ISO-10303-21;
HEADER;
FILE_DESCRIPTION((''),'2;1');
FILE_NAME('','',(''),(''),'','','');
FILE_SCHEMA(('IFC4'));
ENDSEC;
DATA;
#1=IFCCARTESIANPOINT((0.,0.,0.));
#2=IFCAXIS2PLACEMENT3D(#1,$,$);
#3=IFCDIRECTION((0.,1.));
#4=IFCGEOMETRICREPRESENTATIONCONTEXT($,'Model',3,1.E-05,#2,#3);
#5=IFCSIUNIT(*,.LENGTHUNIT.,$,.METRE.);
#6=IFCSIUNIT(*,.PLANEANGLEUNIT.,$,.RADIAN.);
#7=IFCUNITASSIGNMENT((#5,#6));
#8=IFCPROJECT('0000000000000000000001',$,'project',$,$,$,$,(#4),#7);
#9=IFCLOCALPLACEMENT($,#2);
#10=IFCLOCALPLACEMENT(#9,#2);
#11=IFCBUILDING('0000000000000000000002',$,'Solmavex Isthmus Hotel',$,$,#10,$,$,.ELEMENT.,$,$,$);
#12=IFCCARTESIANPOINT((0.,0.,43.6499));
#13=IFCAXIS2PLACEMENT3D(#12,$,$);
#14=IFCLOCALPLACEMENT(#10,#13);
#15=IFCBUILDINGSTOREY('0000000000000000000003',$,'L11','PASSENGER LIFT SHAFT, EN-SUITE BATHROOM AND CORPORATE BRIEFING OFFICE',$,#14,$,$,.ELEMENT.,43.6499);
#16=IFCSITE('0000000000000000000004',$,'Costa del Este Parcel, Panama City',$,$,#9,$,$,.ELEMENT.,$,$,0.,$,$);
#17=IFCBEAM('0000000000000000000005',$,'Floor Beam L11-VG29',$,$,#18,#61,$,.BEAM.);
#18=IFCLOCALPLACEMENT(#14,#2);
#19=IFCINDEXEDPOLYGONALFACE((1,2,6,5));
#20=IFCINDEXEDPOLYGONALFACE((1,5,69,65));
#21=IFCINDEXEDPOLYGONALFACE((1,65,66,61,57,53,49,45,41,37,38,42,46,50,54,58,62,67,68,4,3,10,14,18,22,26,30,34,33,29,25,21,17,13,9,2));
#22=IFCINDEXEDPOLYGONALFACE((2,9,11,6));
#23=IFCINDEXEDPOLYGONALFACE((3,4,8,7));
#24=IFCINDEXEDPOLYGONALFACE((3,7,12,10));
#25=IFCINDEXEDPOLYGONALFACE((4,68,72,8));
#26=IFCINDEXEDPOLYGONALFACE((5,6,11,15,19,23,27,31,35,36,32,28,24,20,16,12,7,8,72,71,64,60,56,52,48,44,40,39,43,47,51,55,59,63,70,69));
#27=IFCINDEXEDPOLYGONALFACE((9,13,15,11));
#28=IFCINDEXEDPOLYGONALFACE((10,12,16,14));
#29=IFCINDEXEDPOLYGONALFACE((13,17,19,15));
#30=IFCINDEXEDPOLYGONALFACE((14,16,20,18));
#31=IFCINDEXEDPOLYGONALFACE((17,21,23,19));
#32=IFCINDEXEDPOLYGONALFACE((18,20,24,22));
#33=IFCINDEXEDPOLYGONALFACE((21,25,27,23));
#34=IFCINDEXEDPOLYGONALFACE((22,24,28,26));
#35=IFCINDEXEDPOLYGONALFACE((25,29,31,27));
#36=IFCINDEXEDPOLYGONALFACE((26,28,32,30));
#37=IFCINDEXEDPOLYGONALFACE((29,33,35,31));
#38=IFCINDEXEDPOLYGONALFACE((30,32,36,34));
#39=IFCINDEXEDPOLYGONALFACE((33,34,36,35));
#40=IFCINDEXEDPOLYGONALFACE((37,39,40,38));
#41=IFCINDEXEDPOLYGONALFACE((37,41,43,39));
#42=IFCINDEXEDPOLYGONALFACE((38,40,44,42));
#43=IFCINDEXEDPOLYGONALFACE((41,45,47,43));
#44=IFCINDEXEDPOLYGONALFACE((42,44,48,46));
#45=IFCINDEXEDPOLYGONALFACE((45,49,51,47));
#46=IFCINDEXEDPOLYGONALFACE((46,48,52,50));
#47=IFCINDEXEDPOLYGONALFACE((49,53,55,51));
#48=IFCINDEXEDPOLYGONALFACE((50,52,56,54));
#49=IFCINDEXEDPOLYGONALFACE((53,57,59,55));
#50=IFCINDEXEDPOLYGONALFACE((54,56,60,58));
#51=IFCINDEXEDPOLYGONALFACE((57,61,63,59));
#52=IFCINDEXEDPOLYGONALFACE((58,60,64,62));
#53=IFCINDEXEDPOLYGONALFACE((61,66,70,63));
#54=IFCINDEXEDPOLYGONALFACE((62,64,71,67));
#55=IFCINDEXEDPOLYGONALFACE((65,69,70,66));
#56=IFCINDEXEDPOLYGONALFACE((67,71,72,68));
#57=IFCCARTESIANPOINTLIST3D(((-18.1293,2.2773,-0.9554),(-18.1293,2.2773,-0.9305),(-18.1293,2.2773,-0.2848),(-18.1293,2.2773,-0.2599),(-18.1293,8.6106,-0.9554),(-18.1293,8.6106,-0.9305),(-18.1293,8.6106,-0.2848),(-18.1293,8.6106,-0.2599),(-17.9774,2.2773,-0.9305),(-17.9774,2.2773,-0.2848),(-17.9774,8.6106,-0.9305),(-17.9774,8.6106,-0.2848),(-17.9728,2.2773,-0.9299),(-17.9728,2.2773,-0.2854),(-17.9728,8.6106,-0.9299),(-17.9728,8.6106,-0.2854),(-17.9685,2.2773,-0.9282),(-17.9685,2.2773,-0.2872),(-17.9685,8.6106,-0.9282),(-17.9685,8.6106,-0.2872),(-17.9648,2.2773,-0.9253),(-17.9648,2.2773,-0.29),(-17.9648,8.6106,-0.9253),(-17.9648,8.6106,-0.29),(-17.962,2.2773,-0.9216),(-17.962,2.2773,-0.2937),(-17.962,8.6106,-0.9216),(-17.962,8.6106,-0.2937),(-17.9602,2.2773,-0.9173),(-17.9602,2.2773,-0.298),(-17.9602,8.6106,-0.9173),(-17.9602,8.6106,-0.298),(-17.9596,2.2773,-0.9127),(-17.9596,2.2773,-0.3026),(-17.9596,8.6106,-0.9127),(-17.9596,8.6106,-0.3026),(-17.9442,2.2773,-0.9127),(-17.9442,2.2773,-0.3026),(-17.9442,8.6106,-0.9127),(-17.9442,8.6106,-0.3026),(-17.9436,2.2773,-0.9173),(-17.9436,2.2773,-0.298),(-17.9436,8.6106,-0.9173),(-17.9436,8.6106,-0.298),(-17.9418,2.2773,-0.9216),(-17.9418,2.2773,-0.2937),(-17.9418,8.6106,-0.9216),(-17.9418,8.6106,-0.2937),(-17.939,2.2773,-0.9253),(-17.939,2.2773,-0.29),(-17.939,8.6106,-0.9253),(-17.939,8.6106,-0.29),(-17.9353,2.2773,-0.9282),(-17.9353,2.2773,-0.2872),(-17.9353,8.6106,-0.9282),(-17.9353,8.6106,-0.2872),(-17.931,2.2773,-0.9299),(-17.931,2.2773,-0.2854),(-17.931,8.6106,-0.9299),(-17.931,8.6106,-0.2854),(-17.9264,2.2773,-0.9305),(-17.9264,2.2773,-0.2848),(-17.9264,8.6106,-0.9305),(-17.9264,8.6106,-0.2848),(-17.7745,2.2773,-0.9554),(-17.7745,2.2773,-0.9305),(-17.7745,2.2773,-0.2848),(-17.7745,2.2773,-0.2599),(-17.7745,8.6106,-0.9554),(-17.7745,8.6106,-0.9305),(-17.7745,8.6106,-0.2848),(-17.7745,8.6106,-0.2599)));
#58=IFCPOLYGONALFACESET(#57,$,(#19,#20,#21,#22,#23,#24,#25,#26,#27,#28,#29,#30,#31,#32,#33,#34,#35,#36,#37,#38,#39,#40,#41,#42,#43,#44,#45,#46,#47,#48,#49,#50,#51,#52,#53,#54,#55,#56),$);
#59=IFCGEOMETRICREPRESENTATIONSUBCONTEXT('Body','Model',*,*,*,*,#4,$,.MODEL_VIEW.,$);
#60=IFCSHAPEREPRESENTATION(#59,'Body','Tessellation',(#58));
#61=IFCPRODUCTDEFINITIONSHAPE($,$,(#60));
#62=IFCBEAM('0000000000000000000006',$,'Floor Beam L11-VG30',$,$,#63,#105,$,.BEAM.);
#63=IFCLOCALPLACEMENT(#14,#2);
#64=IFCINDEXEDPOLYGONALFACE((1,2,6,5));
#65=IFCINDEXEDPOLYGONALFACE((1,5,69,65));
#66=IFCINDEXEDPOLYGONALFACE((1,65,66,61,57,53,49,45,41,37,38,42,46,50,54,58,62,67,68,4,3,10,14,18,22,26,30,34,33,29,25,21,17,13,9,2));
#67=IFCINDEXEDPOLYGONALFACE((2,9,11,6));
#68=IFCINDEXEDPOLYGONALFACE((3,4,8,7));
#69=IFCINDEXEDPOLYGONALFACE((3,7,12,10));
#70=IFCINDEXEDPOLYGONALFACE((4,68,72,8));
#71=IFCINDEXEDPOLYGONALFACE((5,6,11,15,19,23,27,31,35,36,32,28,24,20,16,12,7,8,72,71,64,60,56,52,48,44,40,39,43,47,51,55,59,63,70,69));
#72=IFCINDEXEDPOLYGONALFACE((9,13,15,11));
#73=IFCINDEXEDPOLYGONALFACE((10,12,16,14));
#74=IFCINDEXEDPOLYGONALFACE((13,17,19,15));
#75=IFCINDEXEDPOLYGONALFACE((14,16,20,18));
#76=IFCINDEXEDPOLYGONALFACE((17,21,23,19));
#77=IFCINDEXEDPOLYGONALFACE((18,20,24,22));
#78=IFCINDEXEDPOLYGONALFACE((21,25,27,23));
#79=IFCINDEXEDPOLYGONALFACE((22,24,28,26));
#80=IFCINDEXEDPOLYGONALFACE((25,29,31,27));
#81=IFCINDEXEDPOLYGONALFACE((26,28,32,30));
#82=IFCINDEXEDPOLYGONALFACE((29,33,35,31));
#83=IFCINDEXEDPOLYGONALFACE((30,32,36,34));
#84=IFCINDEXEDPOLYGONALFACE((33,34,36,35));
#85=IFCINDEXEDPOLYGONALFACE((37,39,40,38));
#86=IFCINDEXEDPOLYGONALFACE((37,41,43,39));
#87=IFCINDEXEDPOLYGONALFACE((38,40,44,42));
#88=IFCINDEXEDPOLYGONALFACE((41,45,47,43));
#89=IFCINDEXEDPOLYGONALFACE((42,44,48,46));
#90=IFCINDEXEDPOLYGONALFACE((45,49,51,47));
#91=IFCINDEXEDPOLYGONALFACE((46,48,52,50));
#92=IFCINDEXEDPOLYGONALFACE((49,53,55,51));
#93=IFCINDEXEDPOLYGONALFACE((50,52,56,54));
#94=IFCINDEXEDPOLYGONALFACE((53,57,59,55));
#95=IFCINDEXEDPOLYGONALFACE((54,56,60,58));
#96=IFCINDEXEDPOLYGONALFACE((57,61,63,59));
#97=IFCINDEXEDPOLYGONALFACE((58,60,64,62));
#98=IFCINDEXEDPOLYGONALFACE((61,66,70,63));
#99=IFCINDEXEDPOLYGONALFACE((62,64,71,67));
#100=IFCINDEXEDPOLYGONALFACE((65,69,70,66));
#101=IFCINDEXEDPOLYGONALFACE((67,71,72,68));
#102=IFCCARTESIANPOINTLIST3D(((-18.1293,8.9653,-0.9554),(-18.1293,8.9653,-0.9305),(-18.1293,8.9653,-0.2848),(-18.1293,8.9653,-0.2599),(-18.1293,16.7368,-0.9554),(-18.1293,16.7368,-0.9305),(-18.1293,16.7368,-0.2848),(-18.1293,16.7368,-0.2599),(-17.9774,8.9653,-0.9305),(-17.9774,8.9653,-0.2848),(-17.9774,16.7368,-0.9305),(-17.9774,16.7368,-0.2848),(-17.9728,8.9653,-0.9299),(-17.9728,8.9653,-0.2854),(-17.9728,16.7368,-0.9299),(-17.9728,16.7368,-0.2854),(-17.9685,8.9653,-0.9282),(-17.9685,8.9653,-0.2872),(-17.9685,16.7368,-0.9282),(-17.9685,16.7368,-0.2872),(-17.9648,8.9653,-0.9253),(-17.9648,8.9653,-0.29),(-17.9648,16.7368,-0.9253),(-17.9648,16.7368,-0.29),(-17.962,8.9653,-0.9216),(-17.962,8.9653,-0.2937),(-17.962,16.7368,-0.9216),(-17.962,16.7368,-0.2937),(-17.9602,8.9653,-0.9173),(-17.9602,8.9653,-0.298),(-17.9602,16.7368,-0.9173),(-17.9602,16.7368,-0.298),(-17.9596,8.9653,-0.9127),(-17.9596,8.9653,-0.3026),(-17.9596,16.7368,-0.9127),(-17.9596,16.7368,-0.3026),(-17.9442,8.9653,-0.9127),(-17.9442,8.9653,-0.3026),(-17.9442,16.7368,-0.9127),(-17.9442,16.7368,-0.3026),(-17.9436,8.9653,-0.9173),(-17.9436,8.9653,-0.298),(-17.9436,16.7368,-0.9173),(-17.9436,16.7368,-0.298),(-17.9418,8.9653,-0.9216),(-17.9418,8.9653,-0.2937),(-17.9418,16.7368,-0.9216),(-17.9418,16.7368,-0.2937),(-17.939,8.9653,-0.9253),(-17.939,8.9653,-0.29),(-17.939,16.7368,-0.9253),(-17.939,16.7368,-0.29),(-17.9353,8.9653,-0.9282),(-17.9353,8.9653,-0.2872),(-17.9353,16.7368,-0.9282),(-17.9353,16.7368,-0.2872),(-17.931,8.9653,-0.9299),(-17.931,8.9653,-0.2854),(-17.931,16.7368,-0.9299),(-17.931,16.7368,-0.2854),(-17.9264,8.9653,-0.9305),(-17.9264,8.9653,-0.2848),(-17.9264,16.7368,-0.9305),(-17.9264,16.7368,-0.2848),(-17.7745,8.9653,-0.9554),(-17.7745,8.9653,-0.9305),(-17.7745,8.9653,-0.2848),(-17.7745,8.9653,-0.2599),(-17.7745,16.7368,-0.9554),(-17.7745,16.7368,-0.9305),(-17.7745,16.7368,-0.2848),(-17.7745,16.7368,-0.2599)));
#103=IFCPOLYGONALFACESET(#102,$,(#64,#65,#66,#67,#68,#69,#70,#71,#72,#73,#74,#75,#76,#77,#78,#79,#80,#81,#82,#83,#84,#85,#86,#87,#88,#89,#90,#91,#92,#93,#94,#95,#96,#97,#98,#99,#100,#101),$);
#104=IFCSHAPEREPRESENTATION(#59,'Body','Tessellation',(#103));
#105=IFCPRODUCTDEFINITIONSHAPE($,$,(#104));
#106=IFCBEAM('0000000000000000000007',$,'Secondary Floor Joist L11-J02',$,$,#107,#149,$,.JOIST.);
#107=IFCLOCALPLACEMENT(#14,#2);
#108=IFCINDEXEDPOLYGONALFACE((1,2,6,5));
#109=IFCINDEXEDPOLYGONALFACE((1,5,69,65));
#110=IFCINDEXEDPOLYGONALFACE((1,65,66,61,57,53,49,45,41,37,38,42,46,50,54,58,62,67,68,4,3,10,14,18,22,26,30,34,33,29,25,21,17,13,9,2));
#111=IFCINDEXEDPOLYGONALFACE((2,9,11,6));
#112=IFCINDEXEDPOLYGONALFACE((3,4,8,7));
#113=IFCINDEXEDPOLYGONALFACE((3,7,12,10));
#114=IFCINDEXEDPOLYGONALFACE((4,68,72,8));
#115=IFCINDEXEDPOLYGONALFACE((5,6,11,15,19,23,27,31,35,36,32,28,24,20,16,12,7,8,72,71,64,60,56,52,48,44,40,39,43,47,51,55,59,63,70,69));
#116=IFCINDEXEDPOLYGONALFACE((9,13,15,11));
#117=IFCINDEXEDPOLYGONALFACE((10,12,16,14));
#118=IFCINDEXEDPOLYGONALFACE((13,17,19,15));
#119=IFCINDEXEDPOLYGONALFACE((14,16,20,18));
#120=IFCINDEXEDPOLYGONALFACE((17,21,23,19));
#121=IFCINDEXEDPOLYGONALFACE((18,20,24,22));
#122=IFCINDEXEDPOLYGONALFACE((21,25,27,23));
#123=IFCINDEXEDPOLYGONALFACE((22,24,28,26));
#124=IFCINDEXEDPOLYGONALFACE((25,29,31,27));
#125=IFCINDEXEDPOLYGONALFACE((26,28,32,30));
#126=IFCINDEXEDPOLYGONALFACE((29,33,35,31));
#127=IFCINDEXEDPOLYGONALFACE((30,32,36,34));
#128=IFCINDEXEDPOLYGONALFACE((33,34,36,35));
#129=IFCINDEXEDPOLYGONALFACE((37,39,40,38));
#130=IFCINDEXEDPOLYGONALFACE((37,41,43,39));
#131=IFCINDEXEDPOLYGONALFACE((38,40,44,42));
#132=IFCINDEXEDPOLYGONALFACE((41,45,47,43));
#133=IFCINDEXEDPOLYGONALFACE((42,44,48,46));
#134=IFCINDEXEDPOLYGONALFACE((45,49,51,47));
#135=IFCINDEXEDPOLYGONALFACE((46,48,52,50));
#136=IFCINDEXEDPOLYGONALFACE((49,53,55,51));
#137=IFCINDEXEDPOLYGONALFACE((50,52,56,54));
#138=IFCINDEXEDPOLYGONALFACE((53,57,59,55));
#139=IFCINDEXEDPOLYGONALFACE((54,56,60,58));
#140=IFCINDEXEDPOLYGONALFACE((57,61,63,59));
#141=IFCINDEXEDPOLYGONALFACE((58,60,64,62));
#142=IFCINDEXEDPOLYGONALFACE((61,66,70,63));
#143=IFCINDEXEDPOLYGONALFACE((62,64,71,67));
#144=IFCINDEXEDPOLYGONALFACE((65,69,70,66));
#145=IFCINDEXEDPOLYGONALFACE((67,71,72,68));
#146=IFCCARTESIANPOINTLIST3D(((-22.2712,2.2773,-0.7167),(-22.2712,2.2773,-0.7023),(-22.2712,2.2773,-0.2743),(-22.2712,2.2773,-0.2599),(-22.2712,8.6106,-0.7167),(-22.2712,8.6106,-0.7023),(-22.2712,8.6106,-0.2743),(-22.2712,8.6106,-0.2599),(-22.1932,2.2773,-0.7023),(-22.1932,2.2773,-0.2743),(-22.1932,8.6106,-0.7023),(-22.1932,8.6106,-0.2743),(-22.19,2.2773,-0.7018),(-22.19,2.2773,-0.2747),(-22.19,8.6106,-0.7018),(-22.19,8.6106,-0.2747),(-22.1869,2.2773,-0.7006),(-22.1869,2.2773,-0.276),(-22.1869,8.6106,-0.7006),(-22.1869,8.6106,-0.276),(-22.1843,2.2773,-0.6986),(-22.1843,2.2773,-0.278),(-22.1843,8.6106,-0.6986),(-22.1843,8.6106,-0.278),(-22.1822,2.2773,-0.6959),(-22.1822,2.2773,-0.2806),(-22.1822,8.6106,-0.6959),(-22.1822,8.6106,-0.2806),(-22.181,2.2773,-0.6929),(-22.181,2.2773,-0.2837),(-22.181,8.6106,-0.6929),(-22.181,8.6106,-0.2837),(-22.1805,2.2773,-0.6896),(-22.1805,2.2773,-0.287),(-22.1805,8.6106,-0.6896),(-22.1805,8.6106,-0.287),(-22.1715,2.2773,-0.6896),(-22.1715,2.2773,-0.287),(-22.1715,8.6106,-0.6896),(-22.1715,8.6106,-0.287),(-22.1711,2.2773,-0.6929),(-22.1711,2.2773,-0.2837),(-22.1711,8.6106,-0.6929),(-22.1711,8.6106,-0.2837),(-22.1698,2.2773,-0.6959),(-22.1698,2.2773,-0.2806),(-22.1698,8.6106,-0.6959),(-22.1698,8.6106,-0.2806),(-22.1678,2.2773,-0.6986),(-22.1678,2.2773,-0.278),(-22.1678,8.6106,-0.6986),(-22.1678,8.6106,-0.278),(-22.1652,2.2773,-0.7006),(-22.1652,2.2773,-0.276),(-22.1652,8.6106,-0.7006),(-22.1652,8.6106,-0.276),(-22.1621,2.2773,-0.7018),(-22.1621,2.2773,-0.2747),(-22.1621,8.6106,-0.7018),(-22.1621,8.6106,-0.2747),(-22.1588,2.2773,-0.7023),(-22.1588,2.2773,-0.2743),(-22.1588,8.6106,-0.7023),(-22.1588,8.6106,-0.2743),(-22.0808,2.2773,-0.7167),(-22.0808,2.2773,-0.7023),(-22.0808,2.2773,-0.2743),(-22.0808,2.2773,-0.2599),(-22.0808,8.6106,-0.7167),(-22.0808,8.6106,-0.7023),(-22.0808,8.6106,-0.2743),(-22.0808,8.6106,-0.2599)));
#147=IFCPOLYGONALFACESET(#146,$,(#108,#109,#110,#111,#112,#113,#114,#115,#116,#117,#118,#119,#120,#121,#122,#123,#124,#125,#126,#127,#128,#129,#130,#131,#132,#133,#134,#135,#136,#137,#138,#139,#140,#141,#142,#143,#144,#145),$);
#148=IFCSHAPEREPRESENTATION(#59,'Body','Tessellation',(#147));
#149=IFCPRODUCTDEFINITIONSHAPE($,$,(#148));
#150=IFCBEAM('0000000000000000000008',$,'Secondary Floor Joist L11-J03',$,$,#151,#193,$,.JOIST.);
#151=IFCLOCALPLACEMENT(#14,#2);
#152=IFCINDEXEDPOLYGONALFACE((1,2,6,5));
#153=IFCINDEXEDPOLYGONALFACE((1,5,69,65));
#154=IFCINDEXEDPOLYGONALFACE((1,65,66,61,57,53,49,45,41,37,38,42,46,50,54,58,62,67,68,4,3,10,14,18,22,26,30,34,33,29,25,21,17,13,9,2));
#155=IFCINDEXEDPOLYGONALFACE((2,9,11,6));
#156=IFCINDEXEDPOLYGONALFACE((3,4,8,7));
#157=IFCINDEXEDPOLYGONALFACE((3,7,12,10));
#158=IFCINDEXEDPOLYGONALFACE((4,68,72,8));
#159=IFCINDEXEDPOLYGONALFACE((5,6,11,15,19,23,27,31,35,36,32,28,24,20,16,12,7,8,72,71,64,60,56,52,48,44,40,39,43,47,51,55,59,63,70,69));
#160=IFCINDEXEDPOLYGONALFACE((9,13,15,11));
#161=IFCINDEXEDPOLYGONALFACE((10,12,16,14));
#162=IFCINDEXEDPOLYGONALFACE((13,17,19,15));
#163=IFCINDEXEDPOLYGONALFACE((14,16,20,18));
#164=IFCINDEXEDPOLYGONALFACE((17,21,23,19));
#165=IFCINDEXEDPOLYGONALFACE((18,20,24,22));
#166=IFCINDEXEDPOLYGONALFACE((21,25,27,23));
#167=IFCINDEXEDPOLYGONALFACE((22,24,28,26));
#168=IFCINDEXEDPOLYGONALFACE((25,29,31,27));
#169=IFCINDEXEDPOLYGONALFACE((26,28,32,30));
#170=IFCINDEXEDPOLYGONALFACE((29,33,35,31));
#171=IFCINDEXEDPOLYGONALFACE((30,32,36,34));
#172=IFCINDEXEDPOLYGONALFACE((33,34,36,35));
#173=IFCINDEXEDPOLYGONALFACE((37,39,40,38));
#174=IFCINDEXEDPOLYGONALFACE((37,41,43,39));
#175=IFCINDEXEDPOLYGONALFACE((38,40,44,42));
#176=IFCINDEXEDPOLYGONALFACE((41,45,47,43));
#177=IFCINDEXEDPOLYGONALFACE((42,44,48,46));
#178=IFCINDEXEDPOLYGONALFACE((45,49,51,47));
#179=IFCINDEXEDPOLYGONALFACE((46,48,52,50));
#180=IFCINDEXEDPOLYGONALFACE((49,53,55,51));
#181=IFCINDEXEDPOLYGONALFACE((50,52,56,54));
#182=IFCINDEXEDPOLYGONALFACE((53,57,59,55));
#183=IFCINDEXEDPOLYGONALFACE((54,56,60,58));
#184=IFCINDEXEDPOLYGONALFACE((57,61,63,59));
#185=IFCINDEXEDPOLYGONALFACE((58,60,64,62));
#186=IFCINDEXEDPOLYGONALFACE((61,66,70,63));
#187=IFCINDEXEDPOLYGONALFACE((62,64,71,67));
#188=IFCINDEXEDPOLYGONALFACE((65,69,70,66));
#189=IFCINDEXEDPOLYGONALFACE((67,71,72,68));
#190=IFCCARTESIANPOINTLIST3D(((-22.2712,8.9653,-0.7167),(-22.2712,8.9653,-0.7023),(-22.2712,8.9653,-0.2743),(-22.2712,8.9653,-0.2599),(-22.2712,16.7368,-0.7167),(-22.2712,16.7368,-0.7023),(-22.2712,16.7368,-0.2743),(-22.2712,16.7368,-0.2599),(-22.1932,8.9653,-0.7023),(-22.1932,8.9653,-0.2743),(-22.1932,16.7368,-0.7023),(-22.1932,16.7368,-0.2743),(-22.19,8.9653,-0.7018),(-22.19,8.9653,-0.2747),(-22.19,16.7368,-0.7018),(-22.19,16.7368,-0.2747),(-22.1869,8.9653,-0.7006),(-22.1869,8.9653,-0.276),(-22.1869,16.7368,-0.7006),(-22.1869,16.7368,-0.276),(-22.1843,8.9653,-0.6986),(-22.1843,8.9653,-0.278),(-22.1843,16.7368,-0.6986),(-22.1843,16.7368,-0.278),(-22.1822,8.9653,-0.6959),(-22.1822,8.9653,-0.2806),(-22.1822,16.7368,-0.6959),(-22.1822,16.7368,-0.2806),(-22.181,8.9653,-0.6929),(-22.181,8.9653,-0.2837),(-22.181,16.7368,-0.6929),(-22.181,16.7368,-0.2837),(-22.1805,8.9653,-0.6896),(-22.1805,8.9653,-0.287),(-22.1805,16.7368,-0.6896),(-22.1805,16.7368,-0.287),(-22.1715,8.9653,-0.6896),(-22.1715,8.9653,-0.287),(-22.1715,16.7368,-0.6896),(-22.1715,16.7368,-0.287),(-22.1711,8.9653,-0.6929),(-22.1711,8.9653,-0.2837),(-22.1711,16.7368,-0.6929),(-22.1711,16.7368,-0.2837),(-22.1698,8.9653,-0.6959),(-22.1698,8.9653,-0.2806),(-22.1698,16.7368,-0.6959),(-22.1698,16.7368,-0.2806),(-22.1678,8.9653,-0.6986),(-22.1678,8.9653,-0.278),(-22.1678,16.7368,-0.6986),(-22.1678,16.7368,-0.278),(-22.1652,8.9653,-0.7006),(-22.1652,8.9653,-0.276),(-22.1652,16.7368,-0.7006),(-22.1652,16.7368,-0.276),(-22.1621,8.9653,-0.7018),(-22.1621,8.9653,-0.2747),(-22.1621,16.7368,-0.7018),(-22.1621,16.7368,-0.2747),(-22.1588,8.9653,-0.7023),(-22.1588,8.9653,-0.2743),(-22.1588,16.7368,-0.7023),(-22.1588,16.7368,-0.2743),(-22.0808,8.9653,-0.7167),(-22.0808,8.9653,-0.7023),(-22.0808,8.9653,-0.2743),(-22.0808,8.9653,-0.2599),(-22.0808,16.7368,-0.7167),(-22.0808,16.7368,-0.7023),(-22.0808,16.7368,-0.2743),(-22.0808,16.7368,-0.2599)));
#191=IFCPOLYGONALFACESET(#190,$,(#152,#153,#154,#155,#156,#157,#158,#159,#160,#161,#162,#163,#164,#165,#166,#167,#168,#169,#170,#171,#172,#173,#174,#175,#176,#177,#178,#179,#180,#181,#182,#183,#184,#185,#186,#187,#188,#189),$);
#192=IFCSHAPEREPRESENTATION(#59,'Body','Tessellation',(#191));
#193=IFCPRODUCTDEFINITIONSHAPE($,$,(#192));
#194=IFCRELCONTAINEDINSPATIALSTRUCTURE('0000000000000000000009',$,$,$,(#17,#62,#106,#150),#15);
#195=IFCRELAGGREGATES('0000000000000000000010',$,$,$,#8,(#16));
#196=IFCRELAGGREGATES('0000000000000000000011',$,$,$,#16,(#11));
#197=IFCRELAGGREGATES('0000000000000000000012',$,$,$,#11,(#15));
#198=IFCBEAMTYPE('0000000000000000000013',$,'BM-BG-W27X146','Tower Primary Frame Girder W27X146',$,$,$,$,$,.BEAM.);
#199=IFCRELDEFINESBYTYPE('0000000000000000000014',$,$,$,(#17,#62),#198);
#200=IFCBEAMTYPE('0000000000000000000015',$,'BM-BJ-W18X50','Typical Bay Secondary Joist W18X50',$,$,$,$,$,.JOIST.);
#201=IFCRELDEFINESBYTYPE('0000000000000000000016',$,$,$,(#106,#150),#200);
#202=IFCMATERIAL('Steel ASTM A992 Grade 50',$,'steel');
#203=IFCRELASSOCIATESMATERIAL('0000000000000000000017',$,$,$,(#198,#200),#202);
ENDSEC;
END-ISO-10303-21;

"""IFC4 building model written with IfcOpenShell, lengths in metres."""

from ifc_helpers import new_model, si_unit, direction, frame, origin, origin_2d, place, context, subcontext, project, spatial, i_section, extrude, material, material_profile, profile_set, type_object, element, save


model = new_model("IFC4")

# Units and contexts
model_context = context("Model", 3, precision=1e-05, world=origin(), true_north=direction((0.0, 1.0)))
body_context = subcontext(model_context, "Body", "Model", "MODEL_VIEW")
ifc_project = project(units=[si_unit("LENGTHUNIT", "METRE"), si_unit("PLANEANGLEUNIT", "RADIAN")], contexts=[model_context])

# Site, building, storey
site_placement = place(None, origin())
site = spatial("IfcSite", under=ifc_project, at=site_placement, Name="Costa del Este Parcel, Panama City", CompositionType="ELEMENT", RefElevation=0.0)
building_placement = place(site_placement, origin())
building = spatial("IfcBuilding", under=site, at=building_placement, Name="Solmavex Isthmus Hotel", CompositionType="ELEMENT")
storey_placement = place(building_placement, frame((0.0, 0.0, 43.6499)))
storey = spatial("IfcBuildingStorey", under=building, at=storey_placement, Name="L11", Description="PASSENGER LIFT SHAFT, EN-SUITE BATHROOM AND CORPORATE BRIEFING OFFICE", CompositionType="ELEMENT", Elevation=43.6499)

# Beams
ifc_material_1 = material(Name="Steel ASTM A992 Grade 50", Category="steel")
ifc_material_profile_1 = material_profile(ifc_material_1, i_section(OverallWidth=0.3547, OverallDepth=0.6956, WebThickness=0.0154, FlangeThickness=0.0249, FilletRadius=0.0178, at=origin_2d()), Name="W27X146")
ifc_profile_set_1 = profile_set([ifc_material_profile_1], Name="Steel ASTM A992 Grade 50")
beam_type_1 = type_object("IfcBeamType", Name="BM-BG-W27X146", Description="Tower Primary Frame Girder W27X146", PredefinedType="BEAM", material=ifc_profile_set_1)
beam_1_placement = place(storey_placement, frame((-17.9519, 2.2773, -0.6077), z_axis=(0.0, 1.0, 0.0), x_axis=(-1.0, 0.0, 0.0)))
element("IfcBeam", 1, at=beam_1_placement, inside=storey, type_object=beam_type_1, Name="Floor Beam L11-VG29", PredefinedType="BEAM", context=body_context, shape_type="SweptSolid", body=[
    extrude(i_section(OverallWidth=0.3547, OverallDepth=0.6956, WebThickness=0.0154, FlangeThickness=0.0249, FilletRadius=0.0178, at=origin_2d()), origin(), (0.0, 0.0, 1.0), 6.3333),
])
beam_2_placement = place(storey_placement, frame((-17.9519, 8.9653, -0.6077), z_axis=(0.0, 1.0, 0.0), x_axis=(-1.0, 0.0, 0.0)))
element("IfcBeam", 2, at=beam_2_placement, inside=storey, type_object=beam_type_1, Name="Floor Beam L11-VG30", PredefinedType="BEAM", context=body_context, shape_type="SweptSolid", body=[
    extrude(i_section(OverallWidth=0.3547, OverallDepth=0.6956, WebThickness=0.0154, FlangeThickness=0.0249, FilletRadius=0.0178, at=origin_2d()), origin(), (0.0, 0.0, 1.0), 7.7715),
])
ifc_material_profile_2 = material_profile(ifc_material_1, i_section(OverallWidth=0.1904, OverallDepth=0.4568, WebThickness=0.009, FlangeThickness=0.0144, FilletRadius=0.0127, at=origin_2d()), Name="W18X50")
ifc_profile_set_2 = profile_set([ifc_material_profile_2], Name="Steel ASTM A992 Grade 50")
beam_type_2 = type_object("IfcBeamType", Name="BM-BJ-W18X50", Description="Typical Bay Secondary Joist W18X50", PredefinedType="JOIST", material=ifc_profile_set_2)
beam_3_placement = place(storey_placement, frame((-22.176, 2.2773, -0.4883), z_axis=(0.0, 1.0, 0.0), x_axis=(-1.0, 0.0, 0.0)))
element("IfcBeam", 3, at=beam_3_placement, inside=storey, type_object=beam_type_2, Name="Secondary Floor Joist L11-J02", PredefinedType="JOIST", context=body_context, shape_type="SweptSolid", body=[
    extrude(i_section(OverallWidth=0.1904, OverallDepth=0.4568, WebThickness=0.009, FlangeThickness=0.0144, FilletRadius=0.0127, at=origin_2d()), origin(), (0.0, 0.0, 1.0), 6.3333),
])
beam_4_placement = place(storey_placement, frame((-22.176, 8.9653, -0.4883), z_axis=(0.0, 1.0, 0.0), x_axis=(-1.0, 0.0, 0.0)))
element("IfcBeam", 4, at=beam_4_placement, inside=storey, type_object=beam_type_2, Name="Secondary Floor Joist L11-J03", PredefinedType="JOIST", context=body_context, shape_type="SweptSolid", body=[
    extrude(i_section(OverallWidth=0.1904, OverallDepth=0.4568, WebThickness=0.009, FlangeThickness=0.0144, FilletRadius=0.0127, at=origin_2d()), origin(), (0.0, 0.0, 1.0), 7.7715),
])

save(model, "model.ifc")
